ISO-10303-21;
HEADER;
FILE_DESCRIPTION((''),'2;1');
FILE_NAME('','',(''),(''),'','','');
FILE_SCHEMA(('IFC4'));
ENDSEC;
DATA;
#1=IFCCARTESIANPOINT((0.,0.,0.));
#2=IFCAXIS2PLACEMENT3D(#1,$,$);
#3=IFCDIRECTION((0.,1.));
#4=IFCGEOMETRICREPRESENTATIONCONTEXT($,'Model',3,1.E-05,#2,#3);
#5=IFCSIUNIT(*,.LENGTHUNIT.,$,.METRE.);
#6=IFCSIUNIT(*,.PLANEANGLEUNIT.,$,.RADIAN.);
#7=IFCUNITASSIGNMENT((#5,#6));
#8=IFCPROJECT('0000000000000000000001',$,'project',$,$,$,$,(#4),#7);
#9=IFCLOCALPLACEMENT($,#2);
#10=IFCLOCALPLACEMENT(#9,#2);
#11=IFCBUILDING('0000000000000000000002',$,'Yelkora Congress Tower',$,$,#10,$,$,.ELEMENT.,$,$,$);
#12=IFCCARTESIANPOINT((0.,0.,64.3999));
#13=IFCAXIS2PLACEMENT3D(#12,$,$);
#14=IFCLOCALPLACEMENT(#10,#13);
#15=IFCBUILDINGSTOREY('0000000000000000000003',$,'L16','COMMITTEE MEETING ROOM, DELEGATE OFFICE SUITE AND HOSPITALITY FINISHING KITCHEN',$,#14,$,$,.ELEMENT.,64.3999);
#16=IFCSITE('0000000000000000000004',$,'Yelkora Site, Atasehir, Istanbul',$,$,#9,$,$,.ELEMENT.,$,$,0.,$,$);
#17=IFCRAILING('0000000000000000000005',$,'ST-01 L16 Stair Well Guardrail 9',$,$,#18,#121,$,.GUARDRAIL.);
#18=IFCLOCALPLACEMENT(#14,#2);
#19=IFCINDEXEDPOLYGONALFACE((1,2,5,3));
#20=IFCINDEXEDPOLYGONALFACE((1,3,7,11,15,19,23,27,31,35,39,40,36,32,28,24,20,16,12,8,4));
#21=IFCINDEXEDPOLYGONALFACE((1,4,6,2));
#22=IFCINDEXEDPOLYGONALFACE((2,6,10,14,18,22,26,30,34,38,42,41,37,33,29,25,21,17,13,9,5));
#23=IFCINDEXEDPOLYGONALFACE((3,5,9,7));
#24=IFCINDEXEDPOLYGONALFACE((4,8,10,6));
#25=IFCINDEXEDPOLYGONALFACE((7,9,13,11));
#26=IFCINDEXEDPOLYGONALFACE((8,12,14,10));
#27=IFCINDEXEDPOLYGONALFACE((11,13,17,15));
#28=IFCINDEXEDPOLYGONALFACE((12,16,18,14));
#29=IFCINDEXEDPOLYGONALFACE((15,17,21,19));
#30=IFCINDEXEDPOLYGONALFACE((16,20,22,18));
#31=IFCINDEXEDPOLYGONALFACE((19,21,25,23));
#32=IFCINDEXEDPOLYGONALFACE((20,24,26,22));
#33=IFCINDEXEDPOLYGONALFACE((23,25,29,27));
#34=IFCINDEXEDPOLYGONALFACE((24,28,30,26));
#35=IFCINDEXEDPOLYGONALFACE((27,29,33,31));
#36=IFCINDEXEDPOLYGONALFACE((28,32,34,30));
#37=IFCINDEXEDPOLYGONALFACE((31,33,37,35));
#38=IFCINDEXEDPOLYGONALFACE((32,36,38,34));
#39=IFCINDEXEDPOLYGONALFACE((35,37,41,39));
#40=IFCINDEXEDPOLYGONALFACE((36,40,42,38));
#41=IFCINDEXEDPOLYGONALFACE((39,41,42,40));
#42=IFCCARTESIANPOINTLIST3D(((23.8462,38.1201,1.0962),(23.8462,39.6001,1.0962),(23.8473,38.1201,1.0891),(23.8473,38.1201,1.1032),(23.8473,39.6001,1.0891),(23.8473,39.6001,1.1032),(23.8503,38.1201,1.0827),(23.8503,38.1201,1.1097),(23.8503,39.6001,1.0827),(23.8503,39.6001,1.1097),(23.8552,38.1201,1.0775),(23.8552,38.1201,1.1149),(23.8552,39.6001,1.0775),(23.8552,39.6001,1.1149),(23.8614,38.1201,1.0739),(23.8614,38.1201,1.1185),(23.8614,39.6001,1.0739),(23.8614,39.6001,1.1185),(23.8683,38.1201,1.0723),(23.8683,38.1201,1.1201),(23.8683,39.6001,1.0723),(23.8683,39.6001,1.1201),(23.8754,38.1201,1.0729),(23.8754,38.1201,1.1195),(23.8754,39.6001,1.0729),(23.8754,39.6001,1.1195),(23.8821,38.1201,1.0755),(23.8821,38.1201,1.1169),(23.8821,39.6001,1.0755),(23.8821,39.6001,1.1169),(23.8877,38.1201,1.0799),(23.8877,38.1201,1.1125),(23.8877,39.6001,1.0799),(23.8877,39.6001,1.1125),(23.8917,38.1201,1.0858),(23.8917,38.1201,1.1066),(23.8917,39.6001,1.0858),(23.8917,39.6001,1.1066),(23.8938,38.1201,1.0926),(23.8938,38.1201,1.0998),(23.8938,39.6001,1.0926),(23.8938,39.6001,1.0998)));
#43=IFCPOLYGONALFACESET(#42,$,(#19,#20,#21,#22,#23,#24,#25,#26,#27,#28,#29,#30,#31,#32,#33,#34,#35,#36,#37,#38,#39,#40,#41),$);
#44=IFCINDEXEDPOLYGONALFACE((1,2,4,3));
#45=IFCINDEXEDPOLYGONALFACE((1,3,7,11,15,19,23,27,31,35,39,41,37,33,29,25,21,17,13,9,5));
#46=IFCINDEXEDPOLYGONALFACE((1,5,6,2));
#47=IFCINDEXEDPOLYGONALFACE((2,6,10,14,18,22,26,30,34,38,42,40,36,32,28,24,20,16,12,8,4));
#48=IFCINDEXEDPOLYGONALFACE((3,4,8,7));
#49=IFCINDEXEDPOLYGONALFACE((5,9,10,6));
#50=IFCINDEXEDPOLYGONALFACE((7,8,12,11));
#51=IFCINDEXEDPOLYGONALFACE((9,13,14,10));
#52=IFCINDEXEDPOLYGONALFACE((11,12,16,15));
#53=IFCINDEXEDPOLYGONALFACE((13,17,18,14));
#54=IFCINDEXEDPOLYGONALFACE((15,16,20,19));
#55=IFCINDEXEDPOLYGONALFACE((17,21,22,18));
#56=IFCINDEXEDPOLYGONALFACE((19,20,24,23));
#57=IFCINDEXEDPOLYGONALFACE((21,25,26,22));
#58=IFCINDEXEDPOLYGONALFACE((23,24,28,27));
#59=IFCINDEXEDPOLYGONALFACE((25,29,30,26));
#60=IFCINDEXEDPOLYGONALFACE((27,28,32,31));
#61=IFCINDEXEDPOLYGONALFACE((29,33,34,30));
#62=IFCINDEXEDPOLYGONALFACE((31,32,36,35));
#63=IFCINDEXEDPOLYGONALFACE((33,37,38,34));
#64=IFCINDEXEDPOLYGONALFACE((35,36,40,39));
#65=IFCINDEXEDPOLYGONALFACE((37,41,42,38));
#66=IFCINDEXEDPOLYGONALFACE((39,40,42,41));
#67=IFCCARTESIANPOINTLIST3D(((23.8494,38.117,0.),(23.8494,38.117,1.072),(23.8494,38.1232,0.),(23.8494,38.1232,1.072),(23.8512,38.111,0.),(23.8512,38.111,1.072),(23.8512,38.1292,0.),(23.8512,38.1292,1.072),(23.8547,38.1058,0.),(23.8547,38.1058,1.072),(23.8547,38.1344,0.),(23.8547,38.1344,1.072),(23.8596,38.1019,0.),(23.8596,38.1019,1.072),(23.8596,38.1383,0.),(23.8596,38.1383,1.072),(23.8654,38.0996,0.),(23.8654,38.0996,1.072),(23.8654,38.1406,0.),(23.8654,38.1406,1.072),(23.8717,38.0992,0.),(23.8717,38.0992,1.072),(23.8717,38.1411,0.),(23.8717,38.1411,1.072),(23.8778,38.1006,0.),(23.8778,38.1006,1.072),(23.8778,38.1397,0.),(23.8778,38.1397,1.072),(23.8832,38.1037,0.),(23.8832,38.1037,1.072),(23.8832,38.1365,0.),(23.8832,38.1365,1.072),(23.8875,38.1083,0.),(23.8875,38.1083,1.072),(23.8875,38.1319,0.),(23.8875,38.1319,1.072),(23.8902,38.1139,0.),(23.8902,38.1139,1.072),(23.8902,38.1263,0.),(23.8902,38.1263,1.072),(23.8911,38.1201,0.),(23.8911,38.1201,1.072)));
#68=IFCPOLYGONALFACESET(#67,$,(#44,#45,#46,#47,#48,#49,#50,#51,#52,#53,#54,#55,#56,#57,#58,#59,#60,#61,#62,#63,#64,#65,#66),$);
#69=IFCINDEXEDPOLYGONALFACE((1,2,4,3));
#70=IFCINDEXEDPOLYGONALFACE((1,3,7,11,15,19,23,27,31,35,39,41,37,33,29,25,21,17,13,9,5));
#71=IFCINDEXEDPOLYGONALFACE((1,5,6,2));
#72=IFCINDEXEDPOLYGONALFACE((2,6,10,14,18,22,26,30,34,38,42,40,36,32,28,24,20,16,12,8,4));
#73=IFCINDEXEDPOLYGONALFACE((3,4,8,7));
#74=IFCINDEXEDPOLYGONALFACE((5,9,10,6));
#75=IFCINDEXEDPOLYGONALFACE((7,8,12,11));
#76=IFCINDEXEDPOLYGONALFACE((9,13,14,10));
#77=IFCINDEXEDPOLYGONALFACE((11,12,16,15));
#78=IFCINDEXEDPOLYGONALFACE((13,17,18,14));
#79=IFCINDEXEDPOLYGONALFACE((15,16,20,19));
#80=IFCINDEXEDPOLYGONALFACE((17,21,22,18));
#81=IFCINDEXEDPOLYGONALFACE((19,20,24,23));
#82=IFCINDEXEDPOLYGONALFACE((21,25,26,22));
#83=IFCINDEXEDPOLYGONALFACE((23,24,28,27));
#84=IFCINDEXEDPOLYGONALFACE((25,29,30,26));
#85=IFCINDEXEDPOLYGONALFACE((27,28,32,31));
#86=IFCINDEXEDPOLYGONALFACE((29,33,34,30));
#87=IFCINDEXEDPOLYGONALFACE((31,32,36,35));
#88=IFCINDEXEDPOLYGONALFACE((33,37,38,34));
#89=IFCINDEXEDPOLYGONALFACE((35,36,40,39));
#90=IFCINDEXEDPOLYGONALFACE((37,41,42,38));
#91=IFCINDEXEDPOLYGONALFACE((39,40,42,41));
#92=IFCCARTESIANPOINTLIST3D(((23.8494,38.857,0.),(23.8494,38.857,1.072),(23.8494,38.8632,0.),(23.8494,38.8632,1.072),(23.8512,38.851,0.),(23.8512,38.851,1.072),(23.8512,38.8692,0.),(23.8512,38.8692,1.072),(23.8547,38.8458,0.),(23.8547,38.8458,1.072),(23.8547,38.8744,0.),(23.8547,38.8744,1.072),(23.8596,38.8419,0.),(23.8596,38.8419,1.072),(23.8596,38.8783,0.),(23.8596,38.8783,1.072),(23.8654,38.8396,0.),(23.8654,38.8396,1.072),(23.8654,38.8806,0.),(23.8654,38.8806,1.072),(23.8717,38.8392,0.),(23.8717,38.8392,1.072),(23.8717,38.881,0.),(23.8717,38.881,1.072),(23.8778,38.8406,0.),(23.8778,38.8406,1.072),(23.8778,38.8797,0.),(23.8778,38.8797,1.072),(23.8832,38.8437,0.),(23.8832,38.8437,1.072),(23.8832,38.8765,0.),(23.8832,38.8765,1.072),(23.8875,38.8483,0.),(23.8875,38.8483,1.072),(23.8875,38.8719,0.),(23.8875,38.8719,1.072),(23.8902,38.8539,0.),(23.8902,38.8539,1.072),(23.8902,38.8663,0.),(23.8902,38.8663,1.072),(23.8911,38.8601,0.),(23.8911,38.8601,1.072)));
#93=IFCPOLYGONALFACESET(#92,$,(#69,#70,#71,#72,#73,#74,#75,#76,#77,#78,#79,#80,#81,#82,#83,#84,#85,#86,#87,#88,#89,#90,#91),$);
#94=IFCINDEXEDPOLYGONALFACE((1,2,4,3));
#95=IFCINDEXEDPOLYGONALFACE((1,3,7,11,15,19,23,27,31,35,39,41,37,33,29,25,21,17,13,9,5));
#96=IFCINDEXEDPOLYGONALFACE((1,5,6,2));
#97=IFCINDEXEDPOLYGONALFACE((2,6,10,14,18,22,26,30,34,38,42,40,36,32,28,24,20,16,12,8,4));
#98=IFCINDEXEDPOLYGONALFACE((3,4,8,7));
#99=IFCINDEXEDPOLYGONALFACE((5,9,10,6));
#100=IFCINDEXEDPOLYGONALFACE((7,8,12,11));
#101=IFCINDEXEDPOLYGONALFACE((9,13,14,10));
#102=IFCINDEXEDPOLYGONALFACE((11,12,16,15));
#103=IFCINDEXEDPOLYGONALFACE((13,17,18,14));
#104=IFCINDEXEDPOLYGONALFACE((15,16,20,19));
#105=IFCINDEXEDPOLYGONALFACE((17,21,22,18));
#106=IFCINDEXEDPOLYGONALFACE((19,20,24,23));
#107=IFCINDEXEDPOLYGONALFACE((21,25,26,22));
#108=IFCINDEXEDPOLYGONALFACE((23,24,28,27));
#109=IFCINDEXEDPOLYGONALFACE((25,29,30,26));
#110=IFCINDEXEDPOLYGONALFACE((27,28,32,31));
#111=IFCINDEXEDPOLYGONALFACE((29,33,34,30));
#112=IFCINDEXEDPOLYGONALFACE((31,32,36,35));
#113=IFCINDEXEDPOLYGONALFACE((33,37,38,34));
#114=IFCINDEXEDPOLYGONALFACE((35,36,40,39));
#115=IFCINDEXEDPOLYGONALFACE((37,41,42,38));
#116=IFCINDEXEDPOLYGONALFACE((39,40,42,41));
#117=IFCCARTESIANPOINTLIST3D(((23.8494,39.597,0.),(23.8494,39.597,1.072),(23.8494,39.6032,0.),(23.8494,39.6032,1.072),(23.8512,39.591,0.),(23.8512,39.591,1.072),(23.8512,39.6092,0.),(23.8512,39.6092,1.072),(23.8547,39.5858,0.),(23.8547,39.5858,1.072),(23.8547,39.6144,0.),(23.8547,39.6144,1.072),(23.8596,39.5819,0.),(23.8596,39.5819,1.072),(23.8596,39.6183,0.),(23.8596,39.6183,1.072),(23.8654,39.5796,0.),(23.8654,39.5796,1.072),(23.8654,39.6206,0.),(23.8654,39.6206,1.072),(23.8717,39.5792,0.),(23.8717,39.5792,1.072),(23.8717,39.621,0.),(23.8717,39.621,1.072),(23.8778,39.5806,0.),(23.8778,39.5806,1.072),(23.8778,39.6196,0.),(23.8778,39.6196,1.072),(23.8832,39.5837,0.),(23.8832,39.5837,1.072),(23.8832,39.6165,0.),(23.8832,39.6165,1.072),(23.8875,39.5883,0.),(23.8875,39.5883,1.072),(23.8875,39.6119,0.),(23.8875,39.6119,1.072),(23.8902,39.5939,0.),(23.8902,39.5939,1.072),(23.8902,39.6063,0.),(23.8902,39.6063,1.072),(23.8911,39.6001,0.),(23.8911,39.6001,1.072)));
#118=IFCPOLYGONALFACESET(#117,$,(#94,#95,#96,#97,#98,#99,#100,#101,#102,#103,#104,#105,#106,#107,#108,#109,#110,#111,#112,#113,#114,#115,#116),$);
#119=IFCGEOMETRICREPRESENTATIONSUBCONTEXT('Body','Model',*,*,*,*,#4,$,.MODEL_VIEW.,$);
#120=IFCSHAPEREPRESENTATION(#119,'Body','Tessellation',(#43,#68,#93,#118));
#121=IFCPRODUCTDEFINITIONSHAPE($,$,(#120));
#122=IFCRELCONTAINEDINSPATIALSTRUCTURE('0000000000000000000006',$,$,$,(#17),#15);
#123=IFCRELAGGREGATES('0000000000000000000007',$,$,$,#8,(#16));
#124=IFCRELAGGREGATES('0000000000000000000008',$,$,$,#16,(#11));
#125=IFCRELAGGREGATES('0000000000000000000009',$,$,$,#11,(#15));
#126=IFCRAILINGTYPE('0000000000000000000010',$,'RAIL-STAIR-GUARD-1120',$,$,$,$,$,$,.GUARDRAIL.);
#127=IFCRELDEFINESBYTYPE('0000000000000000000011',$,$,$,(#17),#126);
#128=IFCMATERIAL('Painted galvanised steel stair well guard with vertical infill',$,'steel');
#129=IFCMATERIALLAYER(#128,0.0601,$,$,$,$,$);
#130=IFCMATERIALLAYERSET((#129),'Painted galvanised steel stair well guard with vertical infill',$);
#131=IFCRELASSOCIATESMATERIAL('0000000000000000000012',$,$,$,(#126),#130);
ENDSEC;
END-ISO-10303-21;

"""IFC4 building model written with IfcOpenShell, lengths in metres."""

from ifc_helpers import new_model, si_unit, direction, frame, origin, origin_2d, place, context, subcontext, project, spatial, circle, extrude, material, layer, layer_set, type_object, element, save


model = new_model("IFC4")

# Units and contexts
model_context = context("Model", 3, precision=1e-05, world=origin(), true_north=direction((0.0, 1.0)))
body_context = subcontext(model_context, "Body", "Model", "MODEL_VIEW")
ifc_project = project(units=[si_unit("LENGTHUNIT", "METRE"), si_unit("PLANEANGLEUNIT", "RADIAN")], contexts=[model_context])

# Site, building, storey
site_placement = place(None, origin())
site = spatial("IfcSite", under=ifc_project, at=site_placement, Name="Yelkora Site, Atasehir, Istanbul", CompositionType="ELEMENT", RefElevation=0.0)
building_placement = place(site_placement, origin())
building = spatial("IfcBuilding", under=site, at=building_placement, Name="Yelkora Congress Tower", CompositionType="ELEMENT")
storey_placement = place(building_placement, frame((0.0, 0.0, 64.3999)))
storey = spatial("IfcBuildingStorey", under=building, at=storey_placement, Name="L16", Description="COMMITTEE MEETING ROOM, DELEGATE OFFICE SUITE AND HOSPITALITY FINISHING KITCHEN", CompositionType="ELEMENT", Elevation=64.3999)

# Railing
ifc_material_1 = material(Name="Painted galvanised steel stair well guard with vertical infill", Category="steel")
ifc_layer_1 = layer(ifc_material_1, 0.0601)
ifc_layer_set_1 = layer_set([ifc_layer_1], Name="Painted galvanised steel stair well guard with vertical infill")
railing_type_1 = type_object("IfcRailingType", Name="RAIL-STAIR-GUARD-1120", PredefinedType="GUARDRAIL", material=ifc_layer_set_1)
for number, where, name in (
    (1, (23.8701, 38.1201, 0.0), "ST-01 L16 Stair Well Guardrail 9"),
):
    element("IfcRailing", number, at=place(storey_placement, frame(where)), inside=storey, type_object=railing_type_1, Name=name, PredefinedType="GUARDRAIL", context=body_context, shape_type="SweptSolid", body=[
        extrude(circle(Radius=0.0239, at=origin_2d()), frame((0.0, 0.0, 1.0962), z_axis=(0.0, 1.0, 0.0), x_axis=(-1.0, 0.0, 0.0)), (0.0, 0.0, 1.0), 1.48),
        extrude(circle(Radius=0.021, at=origin_2d()), origin(), (0.0, 0.0, 1.0), 1.072),
        extrude(circle(Radius=0.021, at=origin_2d()), frame((0.0, 0.74, 0.0)), (0.0, 0.0, 1.0), 1.072),
        extrude(circle(Radius=0.021, at=origin_2d()), frame((0.0, 1.48, 0.0)), (0.0, 0.0, 1.0), 1.072),
    ])

save(model, "model.ifc")
